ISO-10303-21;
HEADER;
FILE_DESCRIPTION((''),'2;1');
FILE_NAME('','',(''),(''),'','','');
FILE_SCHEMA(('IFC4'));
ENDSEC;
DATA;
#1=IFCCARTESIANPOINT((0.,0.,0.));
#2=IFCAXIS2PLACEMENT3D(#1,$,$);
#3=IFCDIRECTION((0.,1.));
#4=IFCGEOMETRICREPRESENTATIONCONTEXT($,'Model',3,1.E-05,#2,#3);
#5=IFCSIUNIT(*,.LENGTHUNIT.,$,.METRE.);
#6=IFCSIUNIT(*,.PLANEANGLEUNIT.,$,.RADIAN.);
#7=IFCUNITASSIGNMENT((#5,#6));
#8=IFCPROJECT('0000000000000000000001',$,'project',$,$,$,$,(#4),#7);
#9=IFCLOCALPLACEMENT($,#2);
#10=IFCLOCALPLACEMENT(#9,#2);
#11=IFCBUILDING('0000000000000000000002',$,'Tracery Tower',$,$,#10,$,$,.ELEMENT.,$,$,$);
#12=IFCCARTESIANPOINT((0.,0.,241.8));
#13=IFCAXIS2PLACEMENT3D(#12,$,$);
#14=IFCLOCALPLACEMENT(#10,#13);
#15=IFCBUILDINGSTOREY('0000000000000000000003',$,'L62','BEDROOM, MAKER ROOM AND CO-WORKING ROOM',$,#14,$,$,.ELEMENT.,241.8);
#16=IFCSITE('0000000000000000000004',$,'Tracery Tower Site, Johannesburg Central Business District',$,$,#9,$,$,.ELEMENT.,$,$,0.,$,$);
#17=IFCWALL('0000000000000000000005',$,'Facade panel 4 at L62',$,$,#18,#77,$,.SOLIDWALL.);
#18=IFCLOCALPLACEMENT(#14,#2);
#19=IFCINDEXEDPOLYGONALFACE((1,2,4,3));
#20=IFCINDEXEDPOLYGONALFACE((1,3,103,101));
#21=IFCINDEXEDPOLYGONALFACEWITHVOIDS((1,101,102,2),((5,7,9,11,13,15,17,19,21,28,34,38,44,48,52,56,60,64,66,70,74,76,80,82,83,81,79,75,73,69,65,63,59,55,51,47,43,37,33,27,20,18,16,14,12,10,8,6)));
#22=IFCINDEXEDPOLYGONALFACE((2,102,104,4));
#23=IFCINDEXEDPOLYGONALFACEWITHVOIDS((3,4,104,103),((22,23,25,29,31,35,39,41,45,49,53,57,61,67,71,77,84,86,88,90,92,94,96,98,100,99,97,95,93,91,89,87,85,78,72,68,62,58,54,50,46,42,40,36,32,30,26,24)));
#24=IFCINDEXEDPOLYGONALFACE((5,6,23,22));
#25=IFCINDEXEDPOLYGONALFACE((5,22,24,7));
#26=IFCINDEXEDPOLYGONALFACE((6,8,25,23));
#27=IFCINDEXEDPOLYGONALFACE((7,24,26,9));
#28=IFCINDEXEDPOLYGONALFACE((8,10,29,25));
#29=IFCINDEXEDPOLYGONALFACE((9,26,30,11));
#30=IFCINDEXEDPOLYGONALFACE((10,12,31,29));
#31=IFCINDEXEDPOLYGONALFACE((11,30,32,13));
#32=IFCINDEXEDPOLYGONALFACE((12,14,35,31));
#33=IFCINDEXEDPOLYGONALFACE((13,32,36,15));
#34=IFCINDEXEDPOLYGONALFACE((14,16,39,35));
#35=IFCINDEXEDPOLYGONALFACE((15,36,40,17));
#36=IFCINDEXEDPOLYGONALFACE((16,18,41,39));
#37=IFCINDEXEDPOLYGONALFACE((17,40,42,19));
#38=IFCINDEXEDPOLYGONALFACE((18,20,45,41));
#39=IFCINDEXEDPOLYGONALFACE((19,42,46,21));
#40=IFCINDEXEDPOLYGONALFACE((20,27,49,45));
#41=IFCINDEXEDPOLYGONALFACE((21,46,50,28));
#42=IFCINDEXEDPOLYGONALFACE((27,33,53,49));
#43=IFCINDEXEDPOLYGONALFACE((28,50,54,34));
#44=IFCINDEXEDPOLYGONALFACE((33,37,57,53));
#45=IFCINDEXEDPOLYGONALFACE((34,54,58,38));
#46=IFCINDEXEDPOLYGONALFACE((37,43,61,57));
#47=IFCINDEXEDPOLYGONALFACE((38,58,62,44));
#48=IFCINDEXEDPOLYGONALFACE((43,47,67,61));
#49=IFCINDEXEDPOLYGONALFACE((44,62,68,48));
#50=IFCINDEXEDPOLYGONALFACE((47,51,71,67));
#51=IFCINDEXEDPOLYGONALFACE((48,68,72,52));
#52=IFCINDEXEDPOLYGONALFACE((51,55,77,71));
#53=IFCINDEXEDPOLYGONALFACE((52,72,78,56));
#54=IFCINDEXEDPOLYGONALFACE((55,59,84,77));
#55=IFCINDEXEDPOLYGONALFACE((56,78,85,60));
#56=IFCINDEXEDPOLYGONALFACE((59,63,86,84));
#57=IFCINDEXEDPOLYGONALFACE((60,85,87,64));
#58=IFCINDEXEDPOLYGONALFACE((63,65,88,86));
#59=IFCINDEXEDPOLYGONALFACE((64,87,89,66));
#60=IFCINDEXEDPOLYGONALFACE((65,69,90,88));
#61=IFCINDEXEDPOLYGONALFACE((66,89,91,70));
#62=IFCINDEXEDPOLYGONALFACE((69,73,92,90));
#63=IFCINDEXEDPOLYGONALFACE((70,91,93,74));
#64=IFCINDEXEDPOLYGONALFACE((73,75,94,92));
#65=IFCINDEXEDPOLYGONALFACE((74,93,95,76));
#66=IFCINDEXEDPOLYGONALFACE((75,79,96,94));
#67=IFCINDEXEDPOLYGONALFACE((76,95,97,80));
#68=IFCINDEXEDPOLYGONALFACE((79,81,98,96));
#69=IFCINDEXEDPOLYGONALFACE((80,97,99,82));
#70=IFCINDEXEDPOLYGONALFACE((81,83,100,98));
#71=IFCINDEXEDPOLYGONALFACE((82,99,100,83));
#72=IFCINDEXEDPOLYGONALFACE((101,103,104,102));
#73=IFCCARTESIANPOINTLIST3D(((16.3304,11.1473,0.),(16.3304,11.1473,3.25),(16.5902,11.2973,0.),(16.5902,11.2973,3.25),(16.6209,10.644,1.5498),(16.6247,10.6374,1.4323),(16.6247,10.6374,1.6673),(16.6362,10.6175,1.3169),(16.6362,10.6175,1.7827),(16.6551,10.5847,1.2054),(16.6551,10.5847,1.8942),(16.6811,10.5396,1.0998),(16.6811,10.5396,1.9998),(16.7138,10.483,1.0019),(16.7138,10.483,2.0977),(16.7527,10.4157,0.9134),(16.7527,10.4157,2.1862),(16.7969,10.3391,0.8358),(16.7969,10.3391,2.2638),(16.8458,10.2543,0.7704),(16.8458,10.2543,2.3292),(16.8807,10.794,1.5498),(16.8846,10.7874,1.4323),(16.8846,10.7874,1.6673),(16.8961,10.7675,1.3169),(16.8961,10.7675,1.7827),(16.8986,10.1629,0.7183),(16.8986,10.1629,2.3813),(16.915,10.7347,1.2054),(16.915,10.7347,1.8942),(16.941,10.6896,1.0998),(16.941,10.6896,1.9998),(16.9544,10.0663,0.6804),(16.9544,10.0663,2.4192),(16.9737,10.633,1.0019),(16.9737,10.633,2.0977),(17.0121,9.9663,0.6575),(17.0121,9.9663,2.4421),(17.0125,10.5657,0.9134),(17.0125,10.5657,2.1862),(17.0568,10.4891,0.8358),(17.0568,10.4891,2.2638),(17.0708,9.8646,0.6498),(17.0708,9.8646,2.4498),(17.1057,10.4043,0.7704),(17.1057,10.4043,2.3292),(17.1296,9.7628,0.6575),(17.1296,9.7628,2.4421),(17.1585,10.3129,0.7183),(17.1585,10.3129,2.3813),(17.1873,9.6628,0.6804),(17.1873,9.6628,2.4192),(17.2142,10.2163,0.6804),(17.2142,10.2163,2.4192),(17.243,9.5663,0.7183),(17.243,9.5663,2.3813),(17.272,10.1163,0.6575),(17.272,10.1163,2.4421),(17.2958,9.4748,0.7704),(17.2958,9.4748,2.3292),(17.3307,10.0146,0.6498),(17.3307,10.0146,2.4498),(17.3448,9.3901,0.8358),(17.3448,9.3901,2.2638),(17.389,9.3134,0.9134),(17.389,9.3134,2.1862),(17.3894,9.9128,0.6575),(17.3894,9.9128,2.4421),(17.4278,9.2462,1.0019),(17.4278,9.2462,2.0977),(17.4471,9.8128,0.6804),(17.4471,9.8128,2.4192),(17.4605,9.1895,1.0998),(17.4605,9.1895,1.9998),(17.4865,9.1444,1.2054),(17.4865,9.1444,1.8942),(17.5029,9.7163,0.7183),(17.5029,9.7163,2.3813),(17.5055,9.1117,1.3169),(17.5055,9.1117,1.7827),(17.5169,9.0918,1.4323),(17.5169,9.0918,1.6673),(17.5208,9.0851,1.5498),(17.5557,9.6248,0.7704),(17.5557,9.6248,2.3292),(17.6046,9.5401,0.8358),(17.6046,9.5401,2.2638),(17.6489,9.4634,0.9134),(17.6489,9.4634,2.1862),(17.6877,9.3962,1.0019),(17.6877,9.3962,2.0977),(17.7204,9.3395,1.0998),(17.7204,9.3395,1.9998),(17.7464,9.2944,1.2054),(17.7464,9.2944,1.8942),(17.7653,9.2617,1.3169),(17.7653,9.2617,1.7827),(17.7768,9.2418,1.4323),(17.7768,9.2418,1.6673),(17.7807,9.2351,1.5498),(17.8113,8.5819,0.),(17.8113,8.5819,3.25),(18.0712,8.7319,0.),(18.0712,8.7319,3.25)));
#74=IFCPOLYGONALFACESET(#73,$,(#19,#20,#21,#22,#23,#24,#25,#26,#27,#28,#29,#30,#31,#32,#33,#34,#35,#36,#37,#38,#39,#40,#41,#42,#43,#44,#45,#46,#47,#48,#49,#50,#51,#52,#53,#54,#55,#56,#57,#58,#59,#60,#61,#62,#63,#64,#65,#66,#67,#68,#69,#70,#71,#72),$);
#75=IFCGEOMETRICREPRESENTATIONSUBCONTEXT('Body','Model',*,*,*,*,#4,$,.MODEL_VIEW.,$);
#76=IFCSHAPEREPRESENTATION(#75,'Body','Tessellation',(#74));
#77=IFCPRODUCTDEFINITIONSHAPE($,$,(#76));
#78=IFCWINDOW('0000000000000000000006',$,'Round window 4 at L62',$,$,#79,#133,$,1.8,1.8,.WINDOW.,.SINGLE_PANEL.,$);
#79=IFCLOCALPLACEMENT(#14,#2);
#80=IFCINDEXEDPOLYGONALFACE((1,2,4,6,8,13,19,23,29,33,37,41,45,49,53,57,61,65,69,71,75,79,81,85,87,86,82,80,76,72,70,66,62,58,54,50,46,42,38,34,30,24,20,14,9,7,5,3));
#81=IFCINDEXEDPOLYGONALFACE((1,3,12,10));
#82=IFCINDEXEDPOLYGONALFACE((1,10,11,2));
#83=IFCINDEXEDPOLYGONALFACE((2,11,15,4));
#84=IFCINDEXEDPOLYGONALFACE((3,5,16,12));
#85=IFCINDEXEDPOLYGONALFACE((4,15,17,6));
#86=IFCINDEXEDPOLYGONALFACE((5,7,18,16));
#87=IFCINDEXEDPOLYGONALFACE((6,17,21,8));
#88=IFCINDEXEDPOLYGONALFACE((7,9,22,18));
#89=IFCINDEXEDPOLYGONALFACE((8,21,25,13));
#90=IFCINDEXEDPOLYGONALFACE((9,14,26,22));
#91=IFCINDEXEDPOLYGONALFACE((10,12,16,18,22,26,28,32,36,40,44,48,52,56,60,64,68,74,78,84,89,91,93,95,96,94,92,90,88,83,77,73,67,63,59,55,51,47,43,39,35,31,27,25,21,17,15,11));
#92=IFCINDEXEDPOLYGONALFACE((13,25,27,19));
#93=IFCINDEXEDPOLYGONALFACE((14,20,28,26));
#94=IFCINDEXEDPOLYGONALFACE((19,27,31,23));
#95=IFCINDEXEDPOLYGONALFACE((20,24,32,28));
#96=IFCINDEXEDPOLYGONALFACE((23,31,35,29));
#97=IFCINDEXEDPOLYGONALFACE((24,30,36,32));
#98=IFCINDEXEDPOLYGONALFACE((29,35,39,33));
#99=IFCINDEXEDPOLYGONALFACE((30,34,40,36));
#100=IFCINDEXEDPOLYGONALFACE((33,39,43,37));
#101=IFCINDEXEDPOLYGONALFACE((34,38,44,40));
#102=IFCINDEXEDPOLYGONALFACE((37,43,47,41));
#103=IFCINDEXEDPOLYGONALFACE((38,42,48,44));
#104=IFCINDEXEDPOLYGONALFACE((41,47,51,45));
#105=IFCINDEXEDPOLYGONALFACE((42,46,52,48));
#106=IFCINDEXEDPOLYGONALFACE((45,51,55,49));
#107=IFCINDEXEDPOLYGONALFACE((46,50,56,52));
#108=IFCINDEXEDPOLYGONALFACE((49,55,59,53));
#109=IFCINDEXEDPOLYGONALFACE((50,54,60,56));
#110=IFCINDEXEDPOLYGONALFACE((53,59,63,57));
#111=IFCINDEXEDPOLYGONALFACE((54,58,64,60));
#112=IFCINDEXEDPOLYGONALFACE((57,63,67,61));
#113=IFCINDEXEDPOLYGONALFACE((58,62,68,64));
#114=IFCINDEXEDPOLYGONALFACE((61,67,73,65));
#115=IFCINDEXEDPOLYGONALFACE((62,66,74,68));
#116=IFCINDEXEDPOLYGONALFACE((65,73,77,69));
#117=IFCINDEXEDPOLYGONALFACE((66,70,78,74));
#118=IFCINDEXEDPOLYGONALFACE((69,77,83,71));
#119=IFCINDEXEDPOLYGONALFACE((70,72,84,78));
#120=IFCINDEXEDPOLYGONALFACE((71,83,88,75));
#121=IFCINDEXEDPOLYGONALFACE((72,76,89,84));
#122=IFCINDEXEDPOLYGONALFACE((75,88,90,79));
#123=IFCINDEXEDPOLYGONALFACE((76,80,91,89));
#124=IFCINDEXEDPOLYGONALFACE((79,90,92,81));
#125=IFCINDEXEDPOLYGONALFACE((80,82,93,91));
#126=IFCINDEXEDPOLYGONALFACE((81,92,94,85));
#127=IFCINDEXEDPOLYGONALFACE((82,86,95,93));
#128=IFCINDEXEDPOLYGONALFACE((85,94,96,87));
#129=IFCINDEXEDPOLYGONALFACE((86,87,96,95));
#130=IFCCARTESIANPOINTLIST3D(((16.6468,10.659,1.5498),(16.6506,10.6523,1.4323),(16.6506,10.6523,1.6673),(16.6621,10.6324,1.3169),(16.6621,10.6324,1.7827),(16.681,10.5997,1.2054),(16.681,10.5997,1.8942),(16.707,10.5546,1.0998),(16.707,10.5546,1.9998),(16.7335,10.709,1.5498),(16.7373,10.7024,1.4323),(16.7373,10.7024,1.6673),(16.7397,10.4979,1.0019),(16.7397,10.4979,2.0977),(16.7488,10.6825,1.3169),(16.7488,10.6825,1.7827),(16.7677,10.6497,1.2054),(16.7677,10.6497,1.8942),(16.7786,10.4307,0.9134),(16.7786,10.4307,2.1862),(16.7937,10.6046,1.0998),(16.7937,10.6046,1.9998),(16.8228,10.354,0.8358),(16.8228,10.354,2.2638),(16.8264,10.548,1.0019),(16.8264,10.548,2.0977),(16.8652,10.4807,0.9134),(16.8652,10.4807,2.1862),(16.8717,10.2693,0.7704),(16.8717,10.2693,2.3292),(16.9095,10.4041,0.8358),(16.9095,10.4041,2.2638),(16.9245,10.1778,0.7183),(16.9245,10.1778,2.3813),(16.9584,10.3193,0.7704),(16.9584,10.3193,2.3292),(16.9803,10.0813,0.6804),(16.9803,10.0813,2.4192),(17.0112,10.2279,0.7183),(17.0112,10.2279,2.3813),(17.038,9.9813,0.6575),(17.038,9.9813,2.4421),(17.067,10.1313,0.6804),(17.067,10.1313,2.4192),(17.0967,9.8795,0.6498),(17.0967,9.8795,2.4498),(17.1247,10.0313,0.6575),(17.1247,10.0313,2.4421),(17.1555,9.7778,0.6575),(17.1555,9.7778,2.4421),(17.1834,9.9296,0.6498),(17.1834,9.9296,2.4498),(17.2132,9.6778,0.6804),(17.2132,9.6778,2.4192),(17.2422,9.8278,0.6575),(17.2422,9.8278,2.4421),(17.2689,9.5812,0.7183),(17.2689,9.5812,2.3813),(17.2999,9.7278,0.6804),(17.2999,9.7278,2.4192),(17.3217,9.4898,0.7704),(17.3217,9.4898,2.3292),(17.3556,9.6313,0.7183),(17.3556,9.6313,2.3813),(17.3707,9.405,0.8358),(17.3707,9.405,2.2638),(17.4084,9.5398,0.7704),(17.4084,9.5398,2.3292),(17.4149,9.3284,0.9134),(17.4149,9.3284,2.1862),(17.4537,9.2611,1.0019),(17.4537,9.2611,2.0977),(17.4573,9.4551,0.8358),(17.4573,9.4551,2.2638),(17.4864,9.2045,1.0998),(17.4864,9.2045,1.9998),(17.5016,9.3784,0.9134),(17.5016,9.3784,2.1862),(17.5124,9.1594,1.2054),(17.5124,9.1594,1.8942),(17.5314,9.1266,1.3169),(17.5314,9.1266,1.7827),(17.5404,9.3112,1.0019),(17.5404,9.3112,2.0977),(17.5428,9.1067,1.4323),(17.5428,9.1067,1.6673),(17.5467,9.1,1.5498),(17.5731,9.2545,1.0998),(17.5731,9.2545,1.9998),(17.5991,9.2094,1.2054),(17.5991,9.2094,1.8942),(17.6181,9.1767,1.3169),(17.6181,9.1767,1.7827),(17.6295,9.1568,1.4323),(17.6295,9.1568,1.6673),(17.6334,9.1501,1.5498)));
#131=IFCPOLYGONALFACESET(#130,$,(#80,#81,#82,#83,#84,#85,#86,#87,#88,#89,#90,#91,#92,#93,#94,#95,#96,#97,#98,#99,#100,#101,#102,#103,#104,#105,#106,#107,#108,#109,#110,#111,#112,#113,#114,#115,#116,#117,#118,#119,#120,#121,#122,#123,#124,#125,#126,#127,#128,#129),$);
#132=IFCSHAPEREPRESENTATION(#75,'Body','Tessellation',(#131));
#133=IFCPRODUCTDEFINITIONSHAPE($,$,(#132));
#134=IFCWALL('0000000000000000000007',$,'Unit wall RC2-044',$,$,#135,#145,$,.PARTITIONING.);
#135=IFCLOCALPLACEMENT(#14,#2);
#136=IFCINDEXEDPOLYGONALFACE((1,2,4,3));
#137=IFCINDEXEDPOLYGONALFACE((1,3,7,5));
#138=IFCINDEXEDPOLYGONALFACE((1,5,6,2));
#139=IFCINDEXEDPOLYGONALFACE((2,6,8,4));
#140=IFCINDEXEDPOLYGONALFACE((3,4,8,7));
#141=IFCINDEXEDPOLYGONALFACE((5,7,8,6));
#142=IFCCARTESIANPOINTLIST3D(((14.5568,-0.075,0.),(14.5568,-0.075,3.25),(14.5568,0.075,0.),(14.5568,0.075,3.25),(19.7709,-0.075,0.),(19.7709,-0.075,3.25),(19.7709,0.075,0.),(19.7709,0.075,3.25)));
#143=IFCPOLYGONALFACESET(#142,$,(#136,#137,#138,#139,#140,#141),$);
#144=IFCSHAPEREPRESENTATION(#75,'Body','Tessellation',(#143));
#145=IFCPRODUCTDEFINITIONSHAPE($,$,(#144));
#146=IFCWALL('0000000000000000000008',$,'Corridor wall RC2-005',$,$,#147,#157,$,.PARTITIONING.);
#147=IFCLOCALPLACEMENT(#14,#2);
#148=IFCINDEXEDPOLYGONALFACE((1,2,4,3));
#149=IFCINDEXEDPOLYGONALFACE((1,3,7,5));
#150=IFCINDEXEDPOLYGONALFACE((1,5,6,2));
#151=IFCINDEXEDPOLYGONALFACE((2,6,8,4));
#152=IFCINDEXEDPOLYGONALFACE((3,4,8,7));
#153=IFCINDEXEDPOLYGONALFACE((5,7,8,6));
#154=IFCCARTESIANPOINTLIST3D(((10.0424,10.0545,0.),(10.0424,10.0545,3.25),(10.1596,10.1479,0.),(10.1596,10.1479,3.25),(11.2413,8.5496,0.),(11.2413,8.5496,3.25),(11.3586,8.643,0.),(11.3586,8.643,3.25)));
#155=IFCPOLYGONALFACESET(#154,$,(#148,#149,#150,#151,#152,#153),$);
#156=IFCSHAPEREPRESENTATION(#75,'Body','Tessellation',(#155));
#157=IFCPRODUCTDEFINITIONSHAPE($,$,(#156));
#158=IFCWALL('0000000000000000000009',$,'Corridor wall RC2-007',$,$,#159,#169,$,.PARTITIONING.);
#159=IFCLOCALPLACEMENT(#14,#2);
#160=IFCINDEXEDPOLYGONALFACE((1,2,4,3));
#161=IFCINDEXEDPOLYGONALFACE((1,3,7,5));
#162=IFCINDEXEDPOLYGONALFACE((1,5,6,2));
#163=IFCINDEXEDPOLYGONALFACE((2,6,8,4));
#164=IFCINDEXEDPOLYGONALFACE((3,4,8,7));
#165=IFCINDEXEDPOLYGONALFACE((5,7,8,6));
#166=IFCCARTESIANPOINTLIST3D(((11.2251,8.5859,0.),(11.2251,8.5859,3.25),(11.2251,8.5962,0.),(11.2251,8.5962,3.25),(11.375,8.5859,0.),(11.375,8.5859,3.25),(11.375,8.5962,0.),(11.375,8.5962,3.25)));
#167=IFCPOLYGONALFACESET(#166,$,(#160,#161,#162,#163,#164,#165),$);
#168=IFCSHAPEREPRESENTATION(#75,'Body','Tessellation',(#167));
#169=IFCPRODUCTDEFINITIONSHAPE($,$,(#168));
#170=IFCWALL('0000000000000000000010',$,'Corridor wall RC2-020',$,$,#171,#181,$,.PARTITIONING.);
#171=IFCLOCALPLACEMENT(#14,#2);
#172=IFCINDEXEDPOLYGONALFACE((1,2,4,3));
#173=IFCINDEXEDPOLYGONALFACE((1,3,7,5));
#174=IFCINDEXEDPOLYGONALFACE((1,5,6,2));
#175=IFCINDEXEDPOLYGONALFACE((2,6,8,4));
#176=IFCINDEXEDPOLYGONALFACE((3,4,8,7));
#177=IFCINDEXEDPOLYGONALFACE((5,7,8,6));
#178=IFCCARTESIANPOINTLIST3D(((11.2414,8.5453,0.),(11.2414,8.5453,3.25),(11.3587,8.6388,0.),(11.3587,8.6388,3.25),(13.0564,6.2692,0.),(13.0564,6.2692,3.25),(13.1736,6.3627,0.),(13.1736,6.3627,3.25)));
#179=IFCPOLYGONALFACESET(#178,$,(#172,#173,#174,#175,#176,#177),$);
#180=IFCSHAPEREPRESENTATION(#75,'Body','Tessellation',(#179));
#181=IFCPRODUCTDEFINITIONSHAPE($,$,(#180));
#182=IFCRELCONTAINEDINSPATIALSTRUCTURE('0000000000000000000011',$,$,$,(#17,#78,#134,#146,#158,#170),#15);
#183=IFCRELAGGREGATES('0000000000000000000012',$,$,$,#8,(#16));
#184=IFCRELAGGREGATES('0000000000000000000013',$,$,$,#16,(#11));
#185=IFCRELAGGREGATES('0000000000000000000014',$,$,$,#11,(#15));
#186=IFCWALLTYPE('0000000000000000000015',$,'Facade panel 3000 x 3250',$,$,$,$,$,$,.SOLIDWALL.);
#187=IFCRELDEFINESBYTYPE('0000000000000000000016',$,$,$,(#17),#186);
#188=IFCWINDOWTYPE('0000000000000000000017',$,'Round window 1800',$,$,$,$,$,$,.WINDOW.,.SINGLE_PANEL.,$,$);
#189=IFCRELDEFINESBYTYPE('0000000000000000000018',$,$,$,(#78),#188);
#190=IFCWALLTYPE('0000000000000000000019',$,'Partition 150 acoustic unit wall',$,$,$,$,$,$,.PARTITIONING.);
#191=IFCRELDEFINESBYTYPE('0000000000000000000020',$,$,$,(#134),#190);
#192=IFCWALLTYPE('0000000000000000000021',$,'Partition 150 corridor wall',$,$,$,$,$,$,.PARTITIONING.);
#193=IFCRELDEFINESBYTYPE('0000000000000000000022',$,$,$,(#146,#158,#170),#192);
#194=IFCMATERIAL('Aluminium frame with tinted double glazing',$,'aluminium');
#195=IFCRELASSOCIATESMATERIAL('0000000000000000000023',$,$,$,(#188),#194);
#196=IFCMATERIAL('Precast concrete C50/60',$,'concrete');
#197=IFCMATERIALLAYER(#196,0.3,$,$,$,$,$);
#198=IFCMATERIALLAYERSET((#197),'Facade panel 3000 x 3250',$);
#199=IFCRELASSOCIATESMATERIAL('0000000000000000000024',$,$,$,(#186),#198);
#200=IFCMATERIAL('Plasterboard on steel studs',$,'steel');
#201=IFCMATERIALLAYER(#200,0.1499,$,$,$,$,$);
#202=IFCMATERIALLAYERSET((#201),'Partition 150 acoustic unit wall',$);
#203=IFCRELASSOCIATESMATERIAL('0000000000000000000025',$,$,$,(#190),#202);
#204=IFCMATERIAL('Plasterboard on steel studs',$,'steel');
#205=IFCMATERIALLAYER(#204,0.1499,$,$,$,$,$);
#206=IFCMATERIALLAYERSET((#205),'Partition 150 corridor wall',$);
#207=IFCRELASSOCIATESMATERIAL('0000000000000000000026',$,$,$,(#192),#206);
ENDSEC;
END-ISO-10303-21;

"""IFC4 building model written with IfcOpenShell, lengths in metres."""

from ifc_helpers import new_model, si_unit, direction, frame, frame_2d, origin, origin_2d, place, context, subcontext, project, spatial, rectangle, circle, extrude, material, layer, layer_set, type_object, element, fill, save


model = new_model("IFC4")

# Units and contexts
model_context = context("Model", 3, precision=1e-05, world=origin(), true_north=direction((0.0, 1.0)))
body_context = subcontext(model_context, "Body", "Model", "MODEL_VIEW")
ifc_project = project(units=[si_unit("LENGTHUNIT", "METRE"), si_unit("PLANEANGLEUNIT", "RADIAN")], contexts=[model_context])

# Site, building, storey
site_placement = place(None, origin())
site = spatial("IfcSite", under=ifc_project, at=site_placement, Name="Tracery Tower Site, Johannesburg Central Business District", CompositionType="ELEMENT", RefElevation=0.0)
building_placement = place(site_placement, origin())
building = spatial("IfcBuilding", under=site, at=building_placement, Name="Tracery Tower", CompositionType="ELEMENT")
storey_placement = place(building_placement, frame((0.0, 0.0, 241.8)))
storey = spatial("IfcBuildingStorey", under=building, at=storey_placement, Name="L62", Description="BEDROOM, MAKER ROOM AND CO-WORKING ROOM", CompositionType="ELEMENT", Elevation=241.8)

# Wall, opening, window
ifc_material_1 = material(Name="Aluminium frame with tinted double glazing", Category="aluminium")
window_type = type_object("IfcWindowType", Name="Round window 1800", PartitioningType="SINGLE_PANEL", PredefinedType="WINDOW", material=ifc_material_1)
ifc_material_2 = material(Name="Precast concrete C50/60", Category="concrete")
ifc_layer_1 = layer(ifc_material_2, 0.3)
ifc_layer_set_1 = layer_set([ifc_layer_1], Name="Facade panel 3000 x 3250")
wall_type_1 = type_object("IfcWallType", Name="Facade panel 3000 x 3250", PredefinedType="SOLIDWALL", material=ifc_layer_set_1)
wall_1_placement = place(storey_placement, frame((17.9412, 8.657, 0.0), z_axis=(0.0, 0.0, 1.0), x_axis=(-0.499951, 0.866054, 0.0)))
wall_1 = element("IfcWall", 1, at=wall_1_placement, inside=storey, type_object=wall_type_1, Name="Facade panel 4 at L62", PredefinedType="SOLIDWALL", context=body_context, shape_type="SweptSolid", body=[
    extrude(rectangle(XDim=2.9622, YDim=0.3, at=frame_2d((1.481, 0.0))), origin(), (0.0, 0.0, 1.0), 3.25),
])
opening_1_placement = place(wall_1_placement, frame((1.481, 0.0, 1.5498)))
opening_1 = element("IfcOpeningElement", 2, at=opening_1_placement, cuts=wall_1, PredefinedType="OPENING", context=body_context, shape_type="SweptSolid", body=[
    extrude(circle(Radius=0.9, at=origin_2d()), frame((0.0, 0.1599, 0.0), z_axis=(0.0, -1.0, 0.0), x_axis=(1.0, 0.0, 0.0)), (0.0, 0.0, 1.0), 0.3201),
])
window_1_placement = place(opening_1_placement, origin())
window_1 = element("IfcWindow", 3, at=window_1_placement, inside=storey, type_object=window_type, Name="Round window 4 at L62", OverallHeight=1.8, OverallWidth=1.8, PartitioningType="SINGLE_PANEL", PredefinedType="WINDOW", context=body_context, shape_type="SweptSolid", body=[
    extrude(circle(Radius=0.9, at=origin_2d()), frame((0.0, 0.1201, 0.0), z_axis=(0.0, -1.0, 0.0), x_axis=(1.0, 0.0, 0.0)), (0.0, 0.0, 1.0), 0.1001),
])
fill(opening_1, window_1)

# Walls
ifc_material_3 = material(Name="Plasterboard on steel studs", Category="steel")
ifc_layer_2 = layer(ifc_material_3, 0.1499)
ifc_layer_set_2 = layer_set([ifc_layer_2], Name="Partition 150 acoustic unit wall")
wall_type_2 = type_object("IfcWallType", Name="Partition 150 acoustic unit wall", PredefinedType="PARTITIONING", material=ifc_layer_set_2)
wall_2_placement = place(storey_placement, frame((14.5569, 0.0, 0.0), z_axis=(0.0, 0.0, 1.0), x_axis=(1.0, 0.0, 0.0)))
element("IfcWall", 4, at=wall_2_placement, inside=storey, type_object=wall_type_2, Name="Unit wall RC2-044", PredefinedType="PARTITIONING", context=body_context, shape_type="SweptSolid", body=[
    extrude(rectangle(XDim=5.2141, YDim=0.1499, at=frame_2d((2.6069, 0.0))), origin(), (0.0, 0.0, 1.0), 3.25),
])
ifc_material_4 = material(Name="Plasterboard on steel studs", Category="steel")
ifc_layer_3 = layer(ifc_material_4, 0.1499)
ifc_layer_set_3 = layer_set([ifc_layer_3], Name="Partition 150 corridor wall")
wall_type_3 = type_object("IfcWallType", Name="Partition 150 corridor wall", PredefinedType="PARTITIONING", material=ifc_layer_set_3)
wall_3_placement = place(storey_placement, frame((10.1011, 10.1011, 0.0), z_axis=(0.0, 0.0, 1.0), x_axis=(0.623131, -0.782118, 0.0)))
element("IfcWall", 5, at=wall_3_placement, inside=storey, type_object=wall_type_3, Name="Corridor wall RC2-005", PredefinedType="PARTITIONING", context=body_context, shape_type="SweptSolid", body=[
    extrude(rectangle(XDim=1.9241, YDim=0.1499, at=frame_2d((0.9619, 0.0))), origin(), (0.0, 0.0, 1.0), 3.25),
])
wall_4_placement = place(storey_placement, frame((11.3, 8.5859, 0.0), z_axis=(0.0, 0.0, 1.0), x_axis=(0.0, 1.0, 0.0)))
element("IfcWall", 6, at=wall_4_placement, inside=storey, type_object=wall_type_3, Name="Corridor wall RC2-007", PredefinedType="PARTITIONING", context=body_context, shape_type="SweptSolid", body=[
    extrude(rectangle(XDim=0.0103, YDim=0.1499, at=frame_2d((0.0051, 0.0))), origin(), (0.0, 0.0, 1.0), 3.25),
])
wall_5_placement = place(storey_placement, frame((11.3, 8.592, 0.0), z_axis=(0.0, 0.0, 1.0), x_axis=(0.623447, -0.781866, 0.0)))
element("IfcWall", 7, at=wall_5_placement, inside=storey, type_object=wall_type_3, Name="Corridor wall RC2-020", PredefinedType="PARTITIONING", context=body_context, shape_type="SweptSolid", body=[
    extrude(rectangle(XDim=2.9111, YDim=0.1499, at=frame_2d((1.4556, 0.0))), origin(), (0.0, 0.0, 1.0), 3.25),
])

save(model, "model.ifc")
